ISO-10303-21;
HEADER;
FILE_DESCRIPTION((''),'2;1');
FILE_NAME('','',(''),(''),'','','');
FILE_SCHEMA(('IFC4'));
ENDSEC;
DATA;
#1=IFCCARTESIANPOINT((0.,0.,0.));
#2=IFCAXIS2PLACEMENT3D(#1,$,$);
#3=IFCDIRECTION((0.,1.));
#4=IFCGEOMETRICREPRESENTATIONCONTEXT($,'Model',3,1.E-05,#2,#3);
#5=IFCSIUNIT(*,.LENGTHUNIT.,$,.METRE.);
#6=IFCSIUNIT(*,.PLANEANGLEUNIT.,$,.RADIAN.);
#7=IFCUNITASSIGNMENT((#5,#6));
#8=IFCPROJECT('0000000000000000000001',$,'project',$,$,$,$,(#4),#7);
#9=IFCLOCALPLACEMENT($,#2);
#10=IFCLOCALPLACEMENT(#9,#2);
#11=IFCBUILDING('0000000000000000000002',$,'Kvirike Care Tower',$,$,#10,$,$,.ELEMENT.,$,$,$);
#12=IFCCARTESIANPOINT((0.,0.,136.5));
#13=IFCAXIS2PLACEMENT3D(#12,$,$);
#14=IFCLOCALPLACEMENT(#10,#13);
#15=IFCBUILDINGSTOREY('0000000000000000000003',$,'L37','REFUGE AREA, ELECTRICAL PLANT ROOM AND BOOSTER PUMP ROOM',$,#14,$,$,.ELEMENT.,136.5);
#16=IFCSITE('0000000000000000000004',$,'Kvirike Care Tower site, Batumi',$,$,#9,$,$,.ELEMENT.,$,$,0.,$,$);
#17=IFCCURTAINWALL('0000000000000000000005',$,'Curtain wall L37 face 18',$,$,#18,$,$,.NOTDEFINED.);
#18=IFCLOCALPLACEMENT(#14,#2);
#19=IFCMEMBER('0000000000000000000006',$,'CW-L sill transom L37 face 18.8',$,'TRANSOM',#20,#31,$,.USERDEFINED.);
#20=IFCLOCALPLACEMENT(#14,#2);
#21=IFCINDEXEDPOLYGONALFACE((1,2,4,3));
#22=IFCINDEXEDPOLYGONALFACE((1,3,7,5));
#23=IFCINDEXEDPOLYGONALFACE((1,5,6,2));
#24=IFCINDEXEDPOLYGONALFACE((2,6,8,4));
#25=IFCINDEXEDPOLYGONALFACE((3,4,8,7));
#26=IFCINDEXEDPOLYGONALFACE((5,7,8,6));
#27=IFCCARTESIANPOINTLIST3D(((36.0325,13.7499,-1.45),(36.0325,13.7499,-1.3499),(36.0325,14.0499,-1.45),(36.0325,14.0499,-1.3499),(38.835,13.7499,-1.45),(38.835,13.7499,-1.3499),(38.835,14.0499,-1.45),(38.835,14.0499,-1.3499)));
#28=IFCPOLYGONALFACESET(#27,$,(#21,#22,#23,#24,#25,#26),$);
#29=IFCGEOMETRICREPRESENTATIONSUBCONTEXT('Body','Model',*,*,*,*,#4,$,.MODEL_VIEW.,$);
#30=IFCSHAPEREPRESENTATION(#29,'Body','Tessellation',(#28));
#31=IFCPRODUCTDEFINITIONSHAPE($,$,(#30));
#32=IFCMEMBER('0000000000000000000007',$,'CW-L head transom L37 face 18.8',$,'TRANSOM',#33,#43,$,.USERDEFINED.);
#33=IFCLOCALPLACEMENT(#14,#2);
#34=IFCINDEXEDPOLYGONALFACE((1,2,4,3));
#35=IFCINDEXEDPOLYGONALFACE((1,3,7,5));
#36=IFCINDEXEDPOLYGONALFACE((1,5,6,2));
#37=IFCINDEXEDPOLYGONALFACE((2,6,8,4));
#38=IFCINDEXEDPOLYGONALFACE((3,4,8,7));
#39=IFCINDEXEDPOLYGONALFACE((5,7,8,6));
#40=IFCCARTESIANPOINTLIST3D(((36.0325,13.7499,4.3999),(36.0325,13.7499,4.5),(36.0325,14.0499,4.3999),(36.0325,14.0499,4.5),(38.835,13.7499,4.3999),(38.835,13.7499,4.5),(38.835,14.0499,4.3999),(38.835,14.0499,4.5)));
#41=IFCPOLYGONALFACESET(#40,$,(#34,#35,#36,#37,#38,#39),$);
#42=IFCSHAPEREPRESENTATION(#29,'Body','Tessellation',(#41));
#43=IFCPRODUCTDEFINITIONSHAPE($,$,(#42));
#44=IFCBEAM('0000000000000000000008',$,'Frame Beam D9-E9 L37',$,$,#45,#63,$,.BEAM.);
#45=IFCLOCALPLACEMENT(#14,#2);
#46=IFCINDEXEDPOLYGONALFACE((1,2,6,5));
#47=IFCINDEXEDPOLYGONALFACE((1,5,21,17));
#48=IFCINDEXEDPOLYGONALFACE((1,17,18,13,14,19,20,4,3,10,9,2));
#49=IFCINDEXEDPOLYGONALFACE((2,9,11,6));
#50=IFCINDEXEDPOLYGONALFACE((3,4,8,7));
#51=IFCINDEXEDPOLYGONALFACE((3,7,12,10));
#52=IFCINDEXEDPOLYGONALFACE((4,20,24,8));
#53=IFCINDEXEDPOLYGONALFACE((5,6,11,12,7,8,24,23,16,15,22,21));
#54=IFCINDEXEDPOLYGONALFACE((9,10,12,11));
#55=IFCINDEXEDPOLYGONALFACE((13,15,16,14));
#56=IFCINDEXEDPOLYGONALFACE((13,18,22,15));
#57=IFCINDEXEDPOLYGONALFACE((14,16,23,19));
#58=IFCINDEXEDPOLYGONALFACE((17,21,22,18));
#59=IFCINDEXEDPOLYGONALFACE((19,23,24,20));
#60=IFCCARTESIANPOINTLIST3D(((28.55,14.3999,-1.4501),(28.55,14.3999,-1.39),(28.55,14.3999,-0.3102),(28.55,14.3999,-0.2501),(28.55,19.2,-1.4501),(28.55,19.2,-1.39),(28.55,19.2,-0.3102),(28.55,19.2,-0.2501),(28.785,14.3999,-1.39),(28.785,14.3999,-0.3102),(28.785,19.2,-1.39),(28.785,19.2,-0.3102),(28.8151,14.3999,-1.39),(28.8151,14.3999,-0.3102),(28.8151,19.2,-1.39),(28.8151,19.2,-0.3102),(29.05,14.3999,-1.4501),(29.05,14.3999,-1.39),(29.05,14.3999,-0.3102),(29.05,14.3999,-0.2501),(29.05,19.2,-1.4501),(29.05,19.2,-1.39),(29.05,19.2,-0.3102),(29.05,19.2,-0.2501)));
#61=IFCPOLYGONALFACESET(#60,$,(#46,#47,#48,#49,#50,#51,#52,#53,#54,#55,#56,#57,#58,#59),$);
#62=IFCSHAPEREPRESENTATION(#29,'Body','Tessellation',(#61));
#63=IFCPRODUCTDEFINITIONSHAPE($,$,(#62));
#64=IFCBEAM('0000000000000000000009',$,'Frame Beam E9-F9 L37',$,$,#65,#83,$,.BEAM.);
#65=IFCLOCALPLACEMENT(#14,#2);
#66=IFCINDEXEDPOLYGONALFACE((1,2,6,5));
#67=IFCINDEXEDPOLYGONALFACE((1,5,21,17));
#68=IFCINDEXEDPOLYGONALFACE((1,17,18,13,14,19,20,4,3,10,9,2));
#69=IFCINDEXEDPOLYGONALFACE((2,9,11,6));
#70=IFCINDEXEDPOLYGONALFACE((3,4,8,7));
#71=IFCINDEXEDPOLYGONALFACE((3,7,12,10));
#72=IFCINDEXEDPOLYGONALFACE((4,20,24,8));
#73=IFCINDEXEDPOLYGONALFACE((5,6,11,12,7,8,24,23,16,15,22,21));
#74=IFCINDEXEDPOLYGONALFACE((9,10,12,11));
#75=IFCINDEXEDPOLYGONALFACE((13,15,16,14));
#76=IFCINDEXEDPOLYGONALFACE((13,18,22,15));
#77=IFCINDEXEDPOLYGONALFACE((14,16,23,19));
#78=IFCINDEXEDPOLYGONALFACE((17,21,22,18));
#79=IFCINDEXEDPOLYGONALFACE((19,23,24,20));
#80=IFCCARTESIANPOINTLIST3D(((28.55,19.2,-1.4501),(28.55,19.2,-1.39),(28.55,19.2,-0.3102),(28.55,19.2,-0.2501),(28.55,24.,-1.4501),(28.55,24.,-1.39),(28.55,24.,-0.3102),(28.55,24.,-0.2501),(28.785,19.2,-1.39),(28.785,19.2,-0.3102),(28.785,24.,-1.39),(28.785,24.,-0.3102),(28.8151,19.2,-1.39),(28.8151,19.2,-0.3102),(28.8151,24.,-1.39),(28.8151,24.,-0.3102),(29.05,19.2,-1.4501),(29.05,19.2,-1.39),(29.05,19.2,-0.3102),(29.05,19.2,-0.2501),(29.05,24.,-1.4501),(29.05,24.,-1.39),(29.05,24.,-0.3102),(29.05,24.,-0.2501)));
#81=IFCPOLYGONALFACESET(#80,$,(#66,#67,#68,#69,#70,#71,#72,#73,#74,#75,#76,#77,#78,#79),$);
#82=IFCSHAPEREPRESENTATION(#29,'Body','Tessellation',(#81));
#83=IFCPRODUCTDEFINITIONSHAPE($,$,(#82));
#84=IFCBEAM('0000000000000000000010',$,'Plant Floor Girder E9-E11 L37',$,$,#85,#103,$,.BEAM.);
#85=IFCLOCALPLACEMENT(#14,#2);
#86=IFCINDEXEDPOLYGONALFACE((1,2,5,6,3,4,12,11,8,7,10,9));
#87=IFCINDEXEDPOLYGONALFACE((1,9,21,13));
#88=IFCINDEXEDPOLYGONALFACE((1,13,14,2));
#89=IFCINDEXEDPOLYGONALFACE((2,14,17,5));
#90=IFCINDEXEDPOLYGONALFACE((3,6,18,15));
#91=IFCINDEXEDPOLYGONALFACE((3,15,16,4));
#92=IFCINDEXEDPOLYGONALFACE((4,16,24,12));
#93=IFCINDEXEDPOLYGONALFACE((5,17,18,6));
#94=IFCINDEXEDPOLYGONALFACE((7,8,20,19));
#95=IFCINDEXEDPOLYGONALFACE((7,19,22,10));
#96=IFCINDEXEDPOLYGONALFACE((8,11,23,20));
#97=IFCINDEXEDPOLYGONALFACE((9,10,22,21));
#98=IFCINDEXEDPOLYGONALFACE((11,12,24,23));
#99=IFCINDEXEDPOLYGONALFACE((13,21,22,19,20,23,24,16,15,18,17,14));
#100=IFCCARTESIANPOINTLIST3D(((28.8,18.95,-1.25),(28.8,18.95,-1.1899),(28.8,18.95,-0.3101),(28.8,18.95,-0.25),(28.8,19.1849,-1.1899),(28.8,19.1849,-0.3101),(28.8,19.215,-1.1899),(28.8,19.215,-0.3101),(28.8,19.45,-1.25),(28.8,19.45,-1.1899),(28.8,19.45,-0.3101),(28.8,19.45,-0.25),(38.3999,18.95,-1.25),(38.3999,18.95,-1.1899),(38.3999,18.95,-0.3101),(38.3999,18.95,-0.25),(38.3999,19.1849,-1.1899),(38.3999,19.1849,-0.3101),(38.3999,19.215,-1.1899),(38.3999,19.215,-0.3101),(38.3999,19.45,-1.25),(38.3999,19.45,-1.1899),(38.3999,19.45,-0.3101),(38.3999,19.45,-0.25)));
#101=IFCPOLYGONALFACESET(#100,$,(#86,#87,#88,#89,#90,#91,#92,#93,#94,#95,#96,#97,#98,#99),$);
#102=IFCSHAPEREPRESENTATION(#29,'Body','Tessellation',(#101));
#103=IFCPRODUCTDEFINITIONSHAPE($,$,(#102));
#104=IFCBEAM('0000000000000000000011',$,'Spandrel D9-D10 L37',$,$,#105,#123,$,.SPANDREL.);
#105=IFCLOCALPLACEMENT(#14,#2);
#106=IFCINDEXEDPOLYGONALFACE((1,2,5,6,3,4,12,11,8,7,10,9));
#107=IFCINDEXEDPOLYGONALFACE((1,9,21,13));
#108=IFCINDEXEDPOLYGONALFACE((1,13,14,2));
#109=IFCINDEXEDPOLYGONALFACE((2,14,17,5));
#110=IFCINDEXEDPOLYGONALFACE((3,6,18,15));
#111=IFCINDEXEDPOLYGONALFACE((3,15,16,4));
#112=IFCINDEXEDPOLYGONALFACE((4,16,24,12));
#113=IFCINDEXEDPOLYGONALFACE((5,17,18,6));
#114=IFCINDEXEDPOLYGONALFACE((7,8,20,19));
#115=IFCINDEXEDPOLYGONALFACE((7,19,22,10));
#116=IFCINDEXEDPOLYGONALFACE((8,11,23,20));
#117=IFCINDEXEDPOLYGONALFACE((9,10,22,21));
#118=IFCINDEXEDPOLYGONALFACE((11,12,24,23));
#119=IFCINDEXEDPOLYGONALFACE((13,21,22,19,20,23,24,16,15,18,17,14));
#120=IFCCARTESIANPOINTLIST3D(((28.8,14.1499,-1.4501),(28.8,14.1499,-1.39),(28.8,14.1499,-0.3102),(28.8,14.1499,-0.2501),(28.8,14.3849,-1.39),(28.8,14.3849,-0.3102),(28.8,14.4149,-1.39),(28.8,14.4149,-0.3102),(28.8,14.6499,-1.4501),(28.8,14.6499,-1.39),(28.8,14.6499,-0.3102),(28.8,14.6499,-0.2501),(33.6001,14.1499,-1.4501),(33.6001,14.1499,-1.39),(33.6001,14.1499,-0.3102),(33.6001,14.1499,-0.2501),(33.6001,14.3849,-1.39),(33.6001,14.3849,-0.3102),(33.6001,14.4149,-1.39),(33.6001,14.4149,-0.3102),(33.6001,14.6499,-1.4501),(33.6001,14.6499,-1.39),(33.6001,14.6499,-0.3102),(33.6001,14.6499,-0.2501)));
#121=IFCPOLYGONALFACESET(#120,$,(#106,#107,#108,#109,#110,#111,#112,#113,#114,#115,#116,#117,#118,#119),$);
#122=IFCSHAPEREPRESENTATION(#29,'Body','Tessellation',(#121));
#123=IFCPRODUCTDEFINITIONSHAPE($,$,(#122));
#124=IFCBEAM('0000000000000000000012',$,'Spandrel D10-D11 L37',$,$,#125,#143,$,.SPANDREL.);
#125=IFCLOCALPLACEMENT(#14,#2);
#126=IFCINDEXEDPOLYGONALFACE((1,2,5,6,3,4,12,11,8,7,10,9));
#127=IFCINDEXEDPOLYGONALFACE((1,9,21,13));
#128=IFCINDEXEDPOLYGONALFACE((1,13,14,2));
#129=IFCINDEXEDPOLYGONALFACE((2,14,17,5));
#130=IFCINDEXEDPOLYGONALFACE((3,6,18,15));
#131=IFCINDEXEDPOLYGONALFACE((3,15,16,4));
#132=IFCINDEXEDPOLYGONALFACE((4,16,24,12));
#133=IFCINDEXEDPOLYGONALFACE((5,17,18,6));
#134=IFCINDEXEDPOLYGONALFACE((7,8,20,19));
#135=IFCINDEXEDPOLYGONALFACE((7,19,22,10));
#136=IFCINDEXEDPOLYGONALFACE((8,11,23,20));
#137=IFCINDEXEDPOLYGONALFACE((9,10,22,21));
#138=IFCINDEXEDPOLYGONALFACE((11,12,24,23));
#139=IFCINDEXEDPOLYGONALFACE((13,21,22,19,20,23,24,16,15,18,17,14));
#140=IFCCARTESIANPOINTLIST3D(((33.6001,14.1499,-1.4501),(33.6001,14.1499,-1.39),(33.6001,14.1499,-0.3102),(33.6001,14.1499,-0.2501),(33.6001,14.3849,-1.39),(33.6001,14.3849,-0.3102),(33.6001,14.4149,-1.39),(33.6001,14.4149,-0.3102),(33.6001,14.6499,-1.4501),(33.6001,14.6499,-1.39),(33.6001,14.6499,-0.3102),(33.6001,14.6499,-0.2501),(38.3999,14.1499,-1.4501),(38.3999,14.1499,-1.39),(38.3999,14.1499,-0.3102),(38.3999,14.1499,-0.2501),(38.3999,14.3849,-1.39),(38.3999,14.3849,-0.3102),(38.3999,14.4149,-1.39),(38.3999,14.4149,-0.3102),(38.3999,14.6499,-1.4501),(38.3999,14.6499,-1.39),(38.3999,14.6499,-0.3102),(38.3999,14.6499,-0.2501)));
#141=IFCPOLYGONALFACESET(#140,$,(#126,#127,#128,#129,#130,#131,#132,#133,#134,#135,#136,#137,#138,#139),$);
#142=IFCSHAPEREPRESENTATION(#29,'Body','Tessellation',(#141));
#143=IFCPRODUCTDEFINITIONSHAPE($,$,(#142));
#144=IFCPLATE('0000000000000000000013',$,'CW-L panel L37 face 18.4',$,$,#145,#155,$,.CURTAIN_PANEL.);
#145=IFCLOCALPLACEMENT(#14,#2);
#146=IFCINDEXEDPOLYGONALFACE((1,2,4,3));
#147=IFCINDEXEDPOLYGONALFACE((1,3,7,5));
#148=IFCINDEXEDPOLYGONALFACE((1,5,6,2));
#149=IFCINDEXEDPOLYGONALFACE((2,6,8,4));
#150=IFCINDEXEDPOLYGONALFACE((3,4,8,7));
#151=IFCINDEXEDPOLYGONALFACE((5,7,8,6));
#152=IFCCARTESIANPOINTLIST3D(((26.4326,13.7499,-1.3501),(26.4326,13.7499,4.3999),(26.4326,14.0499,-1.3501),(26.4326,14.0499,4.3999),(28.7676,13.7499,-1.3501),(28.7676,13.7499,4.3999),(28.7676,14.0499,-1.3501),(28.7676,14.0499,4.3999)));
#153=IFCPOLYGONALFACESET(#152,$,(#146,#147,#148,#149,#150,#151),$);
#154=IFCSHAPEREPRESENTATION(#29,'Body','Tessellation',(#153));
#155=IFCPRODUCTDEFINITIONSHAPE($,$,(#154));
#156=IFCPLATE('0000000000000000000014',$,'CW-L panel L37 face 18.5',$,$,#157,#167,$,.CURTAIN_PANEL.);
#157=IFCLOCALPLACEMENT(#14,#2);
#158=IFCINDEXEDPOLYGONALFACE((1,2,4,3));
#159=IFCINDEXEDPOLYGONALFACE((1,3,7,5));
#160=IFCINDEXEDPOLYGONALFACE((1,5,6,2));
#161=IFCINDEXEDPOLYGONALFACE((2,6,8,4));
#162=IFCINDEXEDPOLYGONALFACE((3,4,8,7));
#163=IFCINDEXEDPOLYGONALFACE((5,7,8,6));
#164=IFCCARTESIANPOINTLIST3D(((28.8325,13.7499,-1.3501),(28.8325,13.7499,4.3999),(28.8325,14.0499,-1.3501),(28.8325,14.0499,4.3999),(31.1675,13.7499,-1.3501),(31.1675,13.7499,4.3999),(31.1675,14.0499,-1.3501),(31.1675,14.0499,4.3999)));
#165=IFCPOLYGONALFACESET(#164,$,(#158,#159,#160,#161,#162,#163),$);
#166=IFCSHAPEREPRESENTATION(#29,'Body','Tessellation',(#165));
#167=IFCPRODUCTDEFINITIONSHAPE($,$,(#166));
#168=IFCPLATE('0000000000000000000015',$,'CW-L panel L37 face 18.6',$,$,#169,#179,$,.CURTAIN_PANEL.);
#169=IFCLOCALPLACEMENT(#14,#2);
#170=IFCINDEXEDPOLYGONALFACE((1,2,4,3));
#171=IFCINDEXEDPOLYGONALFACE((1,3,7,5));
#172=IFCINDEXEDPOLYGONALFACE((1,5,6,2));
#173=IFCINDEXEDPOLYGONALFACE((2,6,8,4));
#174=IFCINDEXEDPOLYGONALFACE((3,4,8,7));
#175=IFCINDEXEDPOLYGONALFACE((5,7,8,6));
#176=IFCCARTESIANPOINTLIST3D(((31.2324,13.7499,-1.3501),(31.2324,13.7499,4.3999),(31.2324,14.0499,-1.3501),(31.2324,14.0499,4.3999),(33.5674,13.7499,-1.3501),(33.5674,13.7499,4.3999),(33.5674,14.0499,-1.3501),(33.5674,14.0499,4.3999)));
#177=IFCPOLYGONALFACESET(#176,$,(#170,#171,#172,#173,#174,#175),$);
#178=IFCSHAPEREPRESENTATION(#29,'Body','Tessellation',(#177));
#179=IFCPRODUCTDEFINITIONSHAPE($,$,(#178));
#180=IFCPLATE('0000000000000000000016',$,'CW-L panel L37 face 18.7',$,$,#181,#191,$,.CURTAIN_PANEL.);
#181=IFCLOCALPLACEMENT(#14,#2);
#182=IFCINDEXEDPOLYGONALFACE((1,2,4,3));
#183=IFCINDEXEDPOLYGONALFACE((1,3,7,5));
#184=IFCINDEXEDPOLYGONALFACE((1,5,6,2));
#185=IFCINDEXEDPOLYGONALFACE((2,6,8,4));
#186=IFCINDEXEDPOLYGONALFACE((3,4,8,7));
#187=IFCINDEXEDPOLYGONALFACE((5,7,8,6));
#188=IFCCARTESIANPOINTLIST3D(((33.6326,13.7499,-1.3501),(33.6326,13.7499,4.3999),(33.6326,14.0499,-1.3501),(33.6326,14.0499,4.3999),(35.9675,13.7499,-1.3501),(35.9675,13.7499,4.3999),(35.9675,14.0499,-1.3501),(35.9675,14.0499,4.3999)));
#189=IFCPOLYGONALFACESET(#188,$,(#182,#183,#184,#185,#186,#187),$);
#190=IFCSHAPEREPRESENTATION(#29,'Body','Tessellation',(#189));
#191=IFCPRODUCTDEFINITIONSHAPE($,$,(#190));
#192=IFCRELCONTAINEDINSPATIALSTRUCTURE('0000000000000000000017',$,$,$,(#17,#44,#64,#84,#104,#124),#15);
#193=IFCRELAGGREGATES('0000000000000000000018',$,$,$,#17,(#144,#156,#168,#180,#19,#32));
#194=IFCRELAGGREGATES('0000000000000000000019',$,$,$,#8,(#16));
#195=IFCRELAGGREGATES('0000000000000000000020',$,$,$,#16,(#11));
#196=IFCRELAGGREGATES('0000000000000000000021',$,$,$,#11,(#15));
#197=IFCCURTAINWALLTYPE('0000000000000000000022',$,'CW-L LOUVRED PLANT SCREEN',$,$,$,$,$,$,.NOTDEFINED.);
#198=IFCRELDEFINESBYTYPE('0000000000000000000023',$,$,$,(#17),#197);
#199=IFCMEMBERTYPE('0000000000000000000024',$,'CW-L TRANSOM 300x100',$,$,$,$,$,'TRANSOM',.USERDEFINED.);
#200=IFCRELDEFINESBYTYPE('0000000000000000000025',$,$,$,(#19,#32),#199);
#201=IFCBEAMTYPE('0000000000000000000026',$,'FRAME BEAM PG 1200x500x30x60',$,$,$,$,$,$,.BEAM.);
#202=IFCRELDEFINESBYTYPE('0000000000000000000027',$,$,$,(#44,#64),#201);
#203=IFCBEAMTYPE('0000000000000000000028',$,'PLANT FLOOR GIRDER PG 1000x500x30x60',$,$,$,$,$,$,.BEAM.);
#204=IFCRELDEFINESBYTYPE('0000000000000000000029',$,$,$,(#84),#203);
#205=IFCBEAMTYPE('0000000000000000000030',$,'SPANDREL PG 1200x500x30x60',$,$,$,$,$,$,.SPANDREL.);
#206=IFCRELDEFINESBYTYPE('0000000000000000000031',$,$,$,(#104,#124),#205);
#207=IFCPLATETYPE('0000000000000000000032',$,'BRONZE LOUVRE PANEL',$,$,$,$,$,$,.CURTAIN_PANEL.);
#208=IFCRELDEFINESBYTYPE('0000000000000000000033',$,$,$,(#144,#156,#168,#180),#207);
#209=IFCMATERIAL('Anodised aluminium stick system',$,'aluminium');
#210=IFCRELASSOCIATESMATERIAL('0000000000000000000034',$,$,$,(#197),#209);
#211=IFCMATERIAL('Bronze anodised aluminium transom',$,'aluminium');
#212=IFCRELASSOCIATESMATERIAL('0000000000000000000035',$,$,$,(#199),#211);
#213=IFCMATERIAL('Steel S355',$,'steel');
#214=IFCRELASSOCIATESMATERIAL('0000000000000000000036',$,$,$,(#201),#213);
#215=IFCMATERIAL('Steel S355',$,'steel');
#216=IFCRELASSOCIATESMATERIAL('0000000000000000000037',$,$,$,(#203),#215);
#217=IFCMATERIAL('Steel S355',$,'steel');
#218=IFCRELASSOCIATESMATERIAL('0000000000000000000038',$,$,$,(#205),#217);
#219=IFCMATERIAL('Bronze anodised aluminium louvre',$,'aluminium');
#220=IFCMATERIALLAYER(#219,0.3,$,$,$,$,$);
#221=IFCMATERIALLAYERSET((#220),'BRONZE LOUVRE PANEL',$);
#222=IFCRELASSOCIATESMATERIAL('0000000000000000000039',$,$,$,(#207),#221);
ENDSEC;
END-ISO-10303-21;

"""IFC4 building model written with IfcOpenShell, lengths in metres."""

from ifc_helpers import new_model, si_unit, direction, frame, origin, origin_2d, place, context, subcontext, project, spatial, rectangle, i_section, extrude, material, layer, layer_set, material_profile, profile_set, type_object, element, aggregate, save


model = new_model("IFC4")

# Units and contexts
model_context = context("Model", 3, precision=1e-05, world=origin(), true_north=direction((0.0, 1.0)))
body_context = subcontext(model_context, "Body", "Model", "MODEL_VIEW")
ifc_project = project(units=[si_unit("LENGTHUNIT", "METRE"), si_unit("PLANEANGLEUNIT", "RADIAN")], contexts=[model_context])

# Site, building, storey
site_placement = place(None, origin())
site = spatial("IfcSite", under=ifc_project, at=site_placement, Name="Kvirike Care Tower site, Batumi", CompositionType="ELEMENT", RefElevation=0.0)
building_placement = place(site_placement, origin())
building = spatial("IfcBuilding", under=site, at=building_placement, Name="Kvirike Care Tower", CompositionType="ELEMENT")
storey_placement = place(building_placement, frame((0.0, 0.0, 136.5)))
storey = spatial("IfcBuildingStorey", under=building, at=storey_placement, Name="L37", Description="REFUGE AREA, ELECTRICAL PLANT ROOM AND BOOSTER PUMP ROOM", CompositionType="ELEMENT", Elevation=136.5)

# Curtain wall, members
ifc_material_1 = material(Name="Anodised aluminium stick system", Category="aluminium")
curtain_wall_type = type_object("IfcCurtainWallType", Name="CW-L LOUVRED PLANT SCREEN", PredefinedType="NOTDEFINED", material=ifc_material_1)
curtain_wall_placement = place(storey_placement, origin())
curtain_wall = element("IfcCurtainWall", 1, at=curtain_wall_placement, inside=storey, type_object=curtain_wall_type, Name="Curtain wall L37 face 18", PredefinedType="NOTDEFINED")
ifc_material_2 = material(Name="Bronze anodised aluminium transom", Category="aluminium")
ifc_material_profile_1 = material_profile(ifc_material_2, rectangle(XDim=0.3, YDim=0.1001, at=origin_2d()), Name="CW-L TRANSOM 300x100")
ifc_profile_set_1 = profile_set([ifc_material_profile_1], Name="Bronze anodised aluminium transom")
member_type_1 = type_object("IfcMemberType", Name="CW-L TRANSOM 300x100", ElementType="TRANSOM", PredefinedType="USERDEFINED", material=ifc_profile_set_1)
member_1_placement = place(storey_placement, frame((36.0325, 13.8999, -1.3999), z_axis=(1.0, 0.0, 0.0), x_axis=(0.0, 1.0, 0.0)))
member_1 = element("IfcMember", 2, at=member_1_placement, type_object=member_type_1, Name="CW-L sill transom L37 face 18.8", ObjectType="TRANSOM", PredefinedType="USERDEFINED", context=body_context, shape_type="SweptSolid", body=[
    extrude(rectangle(XDim=0.3, YDim=0.1001, at=origin_2d()), origin(), (0.0, 0.0, 1.0), 2.8025),
])
member_2_placement = place(storey_placement, frame((36.0325, 13.8999, 4.45), z_axis=(1.0, 0.0, 0.0), x_axis=(0.0, 1.0, 0.0)))
member_2 = element("IfcMember", 3, at=member_2_placement, type_object=member_type_1, Name="CW-L head transom L37 face 18.8", ObjectType="TRANSOM", PredefinedType="USERDEFINED", context=body_context, shape_type="SweptSolid", body=[
    extrude(rectangle(XDim=0.3, YDim=0.1001, at=origin_2d()), origin(), (0.0, 0.0, 1.0), 2.8025),
])

# Beams
ifc_material_3 = material(Name="Steel S355", Category="steel")
ifc_material_profile_2 = material_profile(ifc_material_3, i_section(OverallWidth=0.5, OverallDepth=1.2, WebThickness=0.03, FlangeThickness=0.0601, at=origin_2d()), Name="PG 1200x500x30x60")
ifc_profile_set_2 = profile_set([ifc_material_profile_2], Name="Steel S355")
beam_type_1 = type_object("IfcBeamType", Name="FRAME BEAM PG 1200x500x30x60", PredefinedType="BEAM", material=ifc_profile_set_2)
for number, where, z_axis, x_axis, name in (
    (4, (28.8, 14.3999, -0.8501), (0.0, 1.0, 0.0), (-1.0, 0.0, 0.0), "Frame Beam D9-E9 L37"),
    (5, (28.8, 19.2, -0.8501), (0.0, 1.0, 0.0), (-1.0, 0.0, 0.0), "Frame Beam E9-F9 L37"),
):
    element("IfcBeam", number, at=place(storey_placement, frame(where, z_axis=z_axis, x_axis=x_axis)), inside=storey, type_object=beam_type_1, Name=name, PredefinedType="BEAM", context=body_context, shape_type="SweptSolid", body=[
        extrude(i_section(OverallWidth=0.5, OverallDepth=1.2, WebThickness=0.03, FlangeThickness=0.0601, at=origin_2d()), origin(), (0.0, 0.0, 1.0), 4.8),
    ])
ifc_material_4 = material(Name="Steel S355", Category="steel")
ifc_material_profile_3 = material_profile(ifc_material_4, i_section(OverallWidth=0.5, OverallDepth=1.0, WebThickness=0.03, FlangeThickness=0.0601, at=origin_2d()), Name="PG 1000x500x30x60")
ifc_profile_set_3 = profile_set([ifc_material_profile_3], Name="Steel S355")
beam_type_2 = type_object("IfcBeamType", Name="PLANT FLOOR GIRDER PG 1000x500x30x60", PredefinedType="BEAM", material=ifc_profile_set_3)
beam_1_placement = place(storey_placement, frame((28.8, 19.2, -0.75), z_axis=(1.0, 0.0, 0.0), x_axis=(0.0, 1.0, 0.0)))
element("IfcBeam", 6, at=beam_1_placement, inside=storey, type_object=beam_type_2, Name="Plant Floor Girder E9-E11 L37", PredefinedType="BEAM", context=body_context, shape_type="SweptSolid", body=[
    extrude(i_section(OverallWidth=0.5, OverallDepth=1.0, WebThickness=0.03, FlangeThickness=0.0601, at=origin_2d()), origin(), (0.0, 0.0, 1.0), 9.5999),
])
ifc_material_5 = material(Name="Steel S355", Category="steel")
ifc_material_profile_4 = material_profile(ifc_material_5, i_section(OverallWidth=0.5, OverallDepth=1.2, WebThickness=0.03, FlangeThickness=0.0601, at=origin_2d()), Name="PG 1200x500x30x60")
ifc_profile_set_4 = profile_set([ifc_material_profile_4], Name="Steel S355")
beam_type_3 = type_object("IfcBeamType", Name="SPANDREL PG 1200x500x30x60", PredefinedType="SPANDREL", material=ifc_profile_set_4)
beam_2_placement = place(storey_placement, frame((28.8, 14.3999, -0.8501), z_axis=(1.0, 0.0, 0.0), x_axis=(0.0, 1.0, 0.0)))
element("IfcBeam", 7, at=beam_2_placement, inside=storey, type_object=beam_type_3, Name="Spandrel D9-D10 L37", PredefinedType="SPANDREL", context=body_context, shape_type="SweptSolid", body=[
    extrude(i_section(OverallWidth=0.5, OverallDepth=1.2, WebThickness=0.03, FlangeThickness=0.0601, at=origin_2d()), origin(), (0.0, 0.0, 1.0), 4.8),
])
beam_3_placement = place(storey_placement, frame((33.6001, 14.3999, -0.8501), z_axis=(1.0, 0.0, 0.0), x_axis=(0.0, 1.0, 0.0)))
element("IfcBeam", 8, at=beam_3_placement, inside=storey, type_object=beam_type_3, Name="Spandrel D10-D11 L37", PredefinedType="SPANDREL", context=body_context, shape_type="SweptSolid", body=[
    extrude(i_section(OverallWidth=0.5, OverallDepth=1.2, WebThickness=0.03, FlangeThickness=0.0601, at=origin_2d()), origin(), (0.0, 0.0, 1.0), 4.7998),
])

# Plates
ifc_material_6 = material(Name="Bronze anodised aluminium louvre", Category="aluminium")
ifc_layer_1 = layer(ifc_material_6, 0.3)
ifc_layer_set_1 = layer_set([ifc_layer_1], Name="BRONZE LOUVRE PANEL")
plate_type = type_object("IfcPlateType", Name="BRONZE LOUVRE PANEL", PredefinedType="CURTAIN_PANEL", material=ifc_layer_set_1)
plate_1_placement = place(storey_placement, frame((27.6001, 13.8999, -1.3501), z_axis=(0.0, 0.0, 1.0), x_axis=(1.0, 0.0, 0.0)))
plate_1 = element("IfcPlate", 9, at=plate_1_placement, type_object=plate_type, Name="CW-L panel L37 face 18.4", PredefinedType="CURTAIN_PANEL", context=body_context, shape_type="SweptSolid", body=[
    extrude(rectangle(XDim=2.335, YDim=0.3, at=origin_2d()), origin(), (0.0, 0.0, 1.0), 5.75),
])
plate_2_placement = place(storey_placement, frame((30.0, 13.8999, -1.3501), z_axis=(0.0, 0.0, 1.0), x_axis=(1.0, 0.0, 0.0)))
plate_2 = element("IfcPlate", 10, at=plate_2_placement, type_object=plate_type, Name="CW-L panel L37 face 18.5", PredefinedType="CURTAIN_PANEL", context=body_context, shape_type="SweptSolid", body=[
    extrude(rectangle(XDim=2.335, YDim=0.3, at=origin_2d()), origin(), (0.0, 0.0, 1.0), 5.75),
])
plate_3_placement = place(storey_placement, frame((32.3999, 13.8999, -1.3501), z_axis=(0.0, 0.0, 1.0), x_axis=(1.0, 0.0, 0.0)))
plate_3 = element("IfcPlate", 11, at=plate_3_placement, type_object=plate_type, Name="CW-L panel L37 face 18.6", PredefinedType="CURTAIN_PANEL", context=body_context, shape_type="SweptSolid", body=[
    extrude(rectangle(XDim=2.335, YDim=0.3, at=origin_2d()), origin(), (0.0, 0.0, 1.0), 5.75),
])
plate_4_placement = place(storey_placement, frame((34.8, 13.8999, -1.3501), z_axis=(0.0, 0.0, 1.0), x_axis=(1.0, 0.0, 0.0)))
plate_4 = element("IfcPlate", 12, at=plate_4_placement, type_object=plate_type, Name="CW-L panel L37 face 18.7", PredefinedType="CURTAIN_PANEL", context=body_context, shape_type="SweptSolid", body=[
    extrude(rectangle(XDim=2.335, YDim=0.3, at=origin_2d()), origin(), (0.0, 0.0, 1.0), 5.75),
])
aggregate(curtain_wall, [plate_1, plate_2, plate_3, plate_4, member_1, member_2])

save(model, "model.ifc")
